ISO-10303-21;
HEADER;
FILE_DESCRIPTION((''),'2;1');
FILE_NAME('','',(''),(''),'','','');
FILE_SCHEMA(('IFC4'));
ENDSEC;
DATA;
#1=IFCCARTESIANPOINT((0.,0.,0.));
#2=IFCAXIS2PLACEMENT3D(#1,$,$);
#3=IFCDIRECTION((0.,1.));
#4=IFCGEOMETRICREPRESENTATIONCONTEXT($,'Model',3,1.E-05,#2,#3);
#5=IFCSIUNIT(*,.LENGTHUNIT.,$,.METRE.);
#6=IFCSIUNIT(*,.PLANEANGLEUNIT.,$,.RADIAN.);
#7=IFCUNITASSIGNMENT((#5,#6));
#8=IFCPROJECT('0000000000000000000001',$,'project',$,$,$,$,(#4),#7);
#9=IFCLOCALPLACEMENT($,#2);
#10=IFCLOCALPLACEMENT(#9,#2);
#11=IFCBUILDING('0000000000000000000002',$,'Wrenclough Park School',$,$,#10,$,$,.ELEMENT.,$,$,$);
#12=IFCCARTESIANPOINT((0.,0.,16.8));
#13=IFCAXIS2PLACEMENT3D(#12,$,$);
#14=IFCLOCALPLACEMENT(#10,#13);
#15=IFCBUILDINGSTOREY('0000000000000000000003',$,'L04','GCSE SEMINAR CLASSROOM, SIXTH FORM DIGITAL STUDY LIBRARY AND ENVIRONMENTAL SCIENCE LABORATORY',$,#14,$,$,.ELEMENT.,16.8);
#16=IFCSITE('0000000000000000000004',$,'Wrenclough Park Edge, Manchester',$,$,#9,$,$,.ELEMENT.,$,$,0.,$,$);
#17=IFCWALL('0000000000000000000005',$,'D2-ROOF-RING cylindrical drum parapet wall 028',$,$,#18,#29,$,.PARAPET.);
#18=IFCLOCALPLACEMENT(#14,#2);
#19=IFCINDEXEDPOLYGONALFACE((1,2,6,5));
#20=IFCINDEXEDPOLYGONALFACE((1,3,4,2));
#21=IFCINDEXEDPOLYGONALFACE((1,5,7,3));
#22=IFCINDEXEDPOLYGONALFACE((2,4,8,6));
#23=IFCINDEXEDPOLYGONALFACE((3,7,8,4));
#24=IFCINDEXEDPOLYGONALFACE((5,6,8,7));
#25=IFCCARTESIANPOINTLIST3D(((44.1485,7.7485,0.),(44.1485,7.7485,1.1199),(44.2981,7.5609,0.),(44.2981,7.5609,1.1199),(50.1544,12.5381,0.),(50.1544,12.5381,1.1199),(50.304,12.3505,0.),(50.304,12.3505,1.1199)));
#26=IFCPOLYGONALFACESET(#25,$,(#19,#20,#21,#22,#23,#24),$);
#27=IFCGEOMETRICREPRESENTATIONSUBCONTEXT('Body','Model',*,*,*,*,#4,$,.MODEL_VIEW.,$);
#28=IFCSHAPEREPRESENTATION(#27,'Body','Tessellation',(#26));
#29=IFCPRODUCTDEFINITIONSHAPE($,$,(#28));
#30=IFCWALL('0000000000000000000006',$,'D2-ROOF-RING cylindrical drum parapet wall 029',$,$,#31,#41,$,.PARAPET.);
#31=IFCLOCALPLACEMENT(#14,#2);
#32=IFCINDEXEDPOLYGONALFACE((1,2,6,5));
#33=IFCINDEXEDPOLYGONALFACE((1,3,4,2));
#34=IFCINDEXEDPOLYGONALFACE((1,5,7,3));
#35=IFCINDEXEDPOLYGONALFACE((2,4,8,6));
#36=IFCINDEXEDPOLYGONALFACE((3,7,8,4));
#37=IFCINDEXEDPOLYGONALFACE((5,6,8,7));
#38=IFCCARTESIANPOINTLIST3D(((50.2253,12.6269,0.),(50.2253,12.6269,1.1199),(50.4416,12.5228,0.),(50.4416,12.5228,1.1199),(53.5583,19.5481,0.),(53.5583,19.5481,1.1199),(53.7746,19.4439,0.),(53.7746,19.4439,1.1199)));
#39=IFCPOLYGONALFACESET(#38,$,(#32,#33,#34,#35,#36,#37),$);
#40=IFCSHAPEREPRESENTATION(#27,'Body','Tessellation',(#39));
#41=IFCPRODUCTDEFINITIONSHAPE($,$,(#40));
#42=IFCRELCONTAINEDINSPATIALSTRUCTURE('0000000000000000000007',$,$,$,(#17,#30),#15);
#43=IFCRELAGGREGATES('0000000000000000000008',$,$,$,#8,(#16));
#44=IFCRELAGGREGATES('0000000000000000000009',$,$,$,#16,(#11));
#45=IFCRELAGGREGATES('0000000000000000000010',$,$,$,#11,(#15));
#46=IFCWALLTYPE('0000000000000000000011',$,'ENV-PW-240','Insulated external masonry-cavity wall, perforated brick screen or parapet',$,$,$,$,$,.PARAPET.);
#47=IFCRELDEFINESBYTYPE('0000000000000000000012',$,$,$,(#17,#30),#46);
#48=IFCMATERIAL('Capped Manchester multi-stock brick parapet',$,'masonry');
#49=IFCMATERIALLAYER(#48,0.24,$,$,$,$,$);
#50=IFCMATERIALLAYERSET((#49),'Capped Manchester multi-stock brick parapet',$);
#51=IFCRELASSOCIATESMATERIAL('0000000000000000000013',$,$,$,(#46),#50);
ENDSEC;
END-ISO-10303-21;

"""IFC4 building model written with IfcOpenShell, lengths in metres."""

from ifc_helpers import new_model, si_unit, direction, frame, frame_2d, origin, place, context, subcontext, project, spatial, rectangle, extrude, material, layer, layer_set, type_object, element, save


model = new_model("IFC4")

# Units and contexts
model_context = context("Model", 3, precision=1e-05, world=origin(), true_north=direction((0.0, 1.0)))
body_context = subcontext(model_context, "Body", "Model", "MODEL_VIEW")
ifc_project = project(units=[si_unit("LENGTHUNIT", "METRE"), si_unit("PLANEANGLEUNIT", "RADIAN")], contexts=[model_context])

# Site, building, storey
site_placement = place(None, origin())
site = spatial("IfcSite", under=ifc_project, at=site_placement, Name="Wrenclough Park Edge, Manchester", CompositionType="ELEMENT", RefElevation=0.0)
building_placement = place(site_placement, origin())
building = spatial("IfcBuilding", under=site, at=building_placement, Name="Wrenclough Park School", CompositionType="ELEMENT")
storey_placement = place(building_placement, frame((0.0, 0.0, 16.8)))
storey = spatial("IfcBuildingStorey", under=building, at=storey_placement, Name="L04", Description="GCSE SEMINAR CLASSROOM, SIXTH FORM DIGITAL STUDY LIBRARY AND ENVIRONMENTAL SCIENCE LABORATORY", CompositionType="ELEMENT", Elevation=16.8)

# Walls
ifc_material_1 = material(Name="Capped Manchester multi-stock brick parapet", Category="masonry")
ifc_layer_1 = layer(ifc_material_1, 0.24)
ifc_layer_set_1 = layer_set([ifc_layer_1], Name="Capped Manchester multi-stock brick parapet")
wall_type = type_object("IfcWallType", Name="ENV-PW-240", Description="Insulated external masonry-cavity wall, perforated brick screen or parapet", PredefinedType="PARAPET", material=ifc_layer_set_1)
for number, where, z_axis, x_axis, name in (
    (1, (44.2234, 7.6548, 0.0), (0.0, 0.0, 1.0), (0.781829, 0.623493, 0.0), "D2-ROOF-RING cylindrical drum parapet wall 028"),
    (2, (50.3335, 12.575, 0.0), (0.0, 0.0, 1.0), (0.43388, 0.900971, 0.0), "D2-ROOF-RING cylindrical drum parapet wall 029"),
):
    element("IfcWall", number, at=place(storey_placement, frame(where, z_axis=z_axis, x_axis=x_axis)), inside=storey, type_object=wall_type, Name=name, PredefinedType="PARAPET", context=body_context, shape_type="SweptSolid", body=[
        extrude(rectangle(XDim=7.6819, YDim=0.24, at=frame_2d((3.8408, 0.0))), origin(), (0.0, 0.0, 1.0), 1.1199),
    ])

save(model, "model.ifc")
